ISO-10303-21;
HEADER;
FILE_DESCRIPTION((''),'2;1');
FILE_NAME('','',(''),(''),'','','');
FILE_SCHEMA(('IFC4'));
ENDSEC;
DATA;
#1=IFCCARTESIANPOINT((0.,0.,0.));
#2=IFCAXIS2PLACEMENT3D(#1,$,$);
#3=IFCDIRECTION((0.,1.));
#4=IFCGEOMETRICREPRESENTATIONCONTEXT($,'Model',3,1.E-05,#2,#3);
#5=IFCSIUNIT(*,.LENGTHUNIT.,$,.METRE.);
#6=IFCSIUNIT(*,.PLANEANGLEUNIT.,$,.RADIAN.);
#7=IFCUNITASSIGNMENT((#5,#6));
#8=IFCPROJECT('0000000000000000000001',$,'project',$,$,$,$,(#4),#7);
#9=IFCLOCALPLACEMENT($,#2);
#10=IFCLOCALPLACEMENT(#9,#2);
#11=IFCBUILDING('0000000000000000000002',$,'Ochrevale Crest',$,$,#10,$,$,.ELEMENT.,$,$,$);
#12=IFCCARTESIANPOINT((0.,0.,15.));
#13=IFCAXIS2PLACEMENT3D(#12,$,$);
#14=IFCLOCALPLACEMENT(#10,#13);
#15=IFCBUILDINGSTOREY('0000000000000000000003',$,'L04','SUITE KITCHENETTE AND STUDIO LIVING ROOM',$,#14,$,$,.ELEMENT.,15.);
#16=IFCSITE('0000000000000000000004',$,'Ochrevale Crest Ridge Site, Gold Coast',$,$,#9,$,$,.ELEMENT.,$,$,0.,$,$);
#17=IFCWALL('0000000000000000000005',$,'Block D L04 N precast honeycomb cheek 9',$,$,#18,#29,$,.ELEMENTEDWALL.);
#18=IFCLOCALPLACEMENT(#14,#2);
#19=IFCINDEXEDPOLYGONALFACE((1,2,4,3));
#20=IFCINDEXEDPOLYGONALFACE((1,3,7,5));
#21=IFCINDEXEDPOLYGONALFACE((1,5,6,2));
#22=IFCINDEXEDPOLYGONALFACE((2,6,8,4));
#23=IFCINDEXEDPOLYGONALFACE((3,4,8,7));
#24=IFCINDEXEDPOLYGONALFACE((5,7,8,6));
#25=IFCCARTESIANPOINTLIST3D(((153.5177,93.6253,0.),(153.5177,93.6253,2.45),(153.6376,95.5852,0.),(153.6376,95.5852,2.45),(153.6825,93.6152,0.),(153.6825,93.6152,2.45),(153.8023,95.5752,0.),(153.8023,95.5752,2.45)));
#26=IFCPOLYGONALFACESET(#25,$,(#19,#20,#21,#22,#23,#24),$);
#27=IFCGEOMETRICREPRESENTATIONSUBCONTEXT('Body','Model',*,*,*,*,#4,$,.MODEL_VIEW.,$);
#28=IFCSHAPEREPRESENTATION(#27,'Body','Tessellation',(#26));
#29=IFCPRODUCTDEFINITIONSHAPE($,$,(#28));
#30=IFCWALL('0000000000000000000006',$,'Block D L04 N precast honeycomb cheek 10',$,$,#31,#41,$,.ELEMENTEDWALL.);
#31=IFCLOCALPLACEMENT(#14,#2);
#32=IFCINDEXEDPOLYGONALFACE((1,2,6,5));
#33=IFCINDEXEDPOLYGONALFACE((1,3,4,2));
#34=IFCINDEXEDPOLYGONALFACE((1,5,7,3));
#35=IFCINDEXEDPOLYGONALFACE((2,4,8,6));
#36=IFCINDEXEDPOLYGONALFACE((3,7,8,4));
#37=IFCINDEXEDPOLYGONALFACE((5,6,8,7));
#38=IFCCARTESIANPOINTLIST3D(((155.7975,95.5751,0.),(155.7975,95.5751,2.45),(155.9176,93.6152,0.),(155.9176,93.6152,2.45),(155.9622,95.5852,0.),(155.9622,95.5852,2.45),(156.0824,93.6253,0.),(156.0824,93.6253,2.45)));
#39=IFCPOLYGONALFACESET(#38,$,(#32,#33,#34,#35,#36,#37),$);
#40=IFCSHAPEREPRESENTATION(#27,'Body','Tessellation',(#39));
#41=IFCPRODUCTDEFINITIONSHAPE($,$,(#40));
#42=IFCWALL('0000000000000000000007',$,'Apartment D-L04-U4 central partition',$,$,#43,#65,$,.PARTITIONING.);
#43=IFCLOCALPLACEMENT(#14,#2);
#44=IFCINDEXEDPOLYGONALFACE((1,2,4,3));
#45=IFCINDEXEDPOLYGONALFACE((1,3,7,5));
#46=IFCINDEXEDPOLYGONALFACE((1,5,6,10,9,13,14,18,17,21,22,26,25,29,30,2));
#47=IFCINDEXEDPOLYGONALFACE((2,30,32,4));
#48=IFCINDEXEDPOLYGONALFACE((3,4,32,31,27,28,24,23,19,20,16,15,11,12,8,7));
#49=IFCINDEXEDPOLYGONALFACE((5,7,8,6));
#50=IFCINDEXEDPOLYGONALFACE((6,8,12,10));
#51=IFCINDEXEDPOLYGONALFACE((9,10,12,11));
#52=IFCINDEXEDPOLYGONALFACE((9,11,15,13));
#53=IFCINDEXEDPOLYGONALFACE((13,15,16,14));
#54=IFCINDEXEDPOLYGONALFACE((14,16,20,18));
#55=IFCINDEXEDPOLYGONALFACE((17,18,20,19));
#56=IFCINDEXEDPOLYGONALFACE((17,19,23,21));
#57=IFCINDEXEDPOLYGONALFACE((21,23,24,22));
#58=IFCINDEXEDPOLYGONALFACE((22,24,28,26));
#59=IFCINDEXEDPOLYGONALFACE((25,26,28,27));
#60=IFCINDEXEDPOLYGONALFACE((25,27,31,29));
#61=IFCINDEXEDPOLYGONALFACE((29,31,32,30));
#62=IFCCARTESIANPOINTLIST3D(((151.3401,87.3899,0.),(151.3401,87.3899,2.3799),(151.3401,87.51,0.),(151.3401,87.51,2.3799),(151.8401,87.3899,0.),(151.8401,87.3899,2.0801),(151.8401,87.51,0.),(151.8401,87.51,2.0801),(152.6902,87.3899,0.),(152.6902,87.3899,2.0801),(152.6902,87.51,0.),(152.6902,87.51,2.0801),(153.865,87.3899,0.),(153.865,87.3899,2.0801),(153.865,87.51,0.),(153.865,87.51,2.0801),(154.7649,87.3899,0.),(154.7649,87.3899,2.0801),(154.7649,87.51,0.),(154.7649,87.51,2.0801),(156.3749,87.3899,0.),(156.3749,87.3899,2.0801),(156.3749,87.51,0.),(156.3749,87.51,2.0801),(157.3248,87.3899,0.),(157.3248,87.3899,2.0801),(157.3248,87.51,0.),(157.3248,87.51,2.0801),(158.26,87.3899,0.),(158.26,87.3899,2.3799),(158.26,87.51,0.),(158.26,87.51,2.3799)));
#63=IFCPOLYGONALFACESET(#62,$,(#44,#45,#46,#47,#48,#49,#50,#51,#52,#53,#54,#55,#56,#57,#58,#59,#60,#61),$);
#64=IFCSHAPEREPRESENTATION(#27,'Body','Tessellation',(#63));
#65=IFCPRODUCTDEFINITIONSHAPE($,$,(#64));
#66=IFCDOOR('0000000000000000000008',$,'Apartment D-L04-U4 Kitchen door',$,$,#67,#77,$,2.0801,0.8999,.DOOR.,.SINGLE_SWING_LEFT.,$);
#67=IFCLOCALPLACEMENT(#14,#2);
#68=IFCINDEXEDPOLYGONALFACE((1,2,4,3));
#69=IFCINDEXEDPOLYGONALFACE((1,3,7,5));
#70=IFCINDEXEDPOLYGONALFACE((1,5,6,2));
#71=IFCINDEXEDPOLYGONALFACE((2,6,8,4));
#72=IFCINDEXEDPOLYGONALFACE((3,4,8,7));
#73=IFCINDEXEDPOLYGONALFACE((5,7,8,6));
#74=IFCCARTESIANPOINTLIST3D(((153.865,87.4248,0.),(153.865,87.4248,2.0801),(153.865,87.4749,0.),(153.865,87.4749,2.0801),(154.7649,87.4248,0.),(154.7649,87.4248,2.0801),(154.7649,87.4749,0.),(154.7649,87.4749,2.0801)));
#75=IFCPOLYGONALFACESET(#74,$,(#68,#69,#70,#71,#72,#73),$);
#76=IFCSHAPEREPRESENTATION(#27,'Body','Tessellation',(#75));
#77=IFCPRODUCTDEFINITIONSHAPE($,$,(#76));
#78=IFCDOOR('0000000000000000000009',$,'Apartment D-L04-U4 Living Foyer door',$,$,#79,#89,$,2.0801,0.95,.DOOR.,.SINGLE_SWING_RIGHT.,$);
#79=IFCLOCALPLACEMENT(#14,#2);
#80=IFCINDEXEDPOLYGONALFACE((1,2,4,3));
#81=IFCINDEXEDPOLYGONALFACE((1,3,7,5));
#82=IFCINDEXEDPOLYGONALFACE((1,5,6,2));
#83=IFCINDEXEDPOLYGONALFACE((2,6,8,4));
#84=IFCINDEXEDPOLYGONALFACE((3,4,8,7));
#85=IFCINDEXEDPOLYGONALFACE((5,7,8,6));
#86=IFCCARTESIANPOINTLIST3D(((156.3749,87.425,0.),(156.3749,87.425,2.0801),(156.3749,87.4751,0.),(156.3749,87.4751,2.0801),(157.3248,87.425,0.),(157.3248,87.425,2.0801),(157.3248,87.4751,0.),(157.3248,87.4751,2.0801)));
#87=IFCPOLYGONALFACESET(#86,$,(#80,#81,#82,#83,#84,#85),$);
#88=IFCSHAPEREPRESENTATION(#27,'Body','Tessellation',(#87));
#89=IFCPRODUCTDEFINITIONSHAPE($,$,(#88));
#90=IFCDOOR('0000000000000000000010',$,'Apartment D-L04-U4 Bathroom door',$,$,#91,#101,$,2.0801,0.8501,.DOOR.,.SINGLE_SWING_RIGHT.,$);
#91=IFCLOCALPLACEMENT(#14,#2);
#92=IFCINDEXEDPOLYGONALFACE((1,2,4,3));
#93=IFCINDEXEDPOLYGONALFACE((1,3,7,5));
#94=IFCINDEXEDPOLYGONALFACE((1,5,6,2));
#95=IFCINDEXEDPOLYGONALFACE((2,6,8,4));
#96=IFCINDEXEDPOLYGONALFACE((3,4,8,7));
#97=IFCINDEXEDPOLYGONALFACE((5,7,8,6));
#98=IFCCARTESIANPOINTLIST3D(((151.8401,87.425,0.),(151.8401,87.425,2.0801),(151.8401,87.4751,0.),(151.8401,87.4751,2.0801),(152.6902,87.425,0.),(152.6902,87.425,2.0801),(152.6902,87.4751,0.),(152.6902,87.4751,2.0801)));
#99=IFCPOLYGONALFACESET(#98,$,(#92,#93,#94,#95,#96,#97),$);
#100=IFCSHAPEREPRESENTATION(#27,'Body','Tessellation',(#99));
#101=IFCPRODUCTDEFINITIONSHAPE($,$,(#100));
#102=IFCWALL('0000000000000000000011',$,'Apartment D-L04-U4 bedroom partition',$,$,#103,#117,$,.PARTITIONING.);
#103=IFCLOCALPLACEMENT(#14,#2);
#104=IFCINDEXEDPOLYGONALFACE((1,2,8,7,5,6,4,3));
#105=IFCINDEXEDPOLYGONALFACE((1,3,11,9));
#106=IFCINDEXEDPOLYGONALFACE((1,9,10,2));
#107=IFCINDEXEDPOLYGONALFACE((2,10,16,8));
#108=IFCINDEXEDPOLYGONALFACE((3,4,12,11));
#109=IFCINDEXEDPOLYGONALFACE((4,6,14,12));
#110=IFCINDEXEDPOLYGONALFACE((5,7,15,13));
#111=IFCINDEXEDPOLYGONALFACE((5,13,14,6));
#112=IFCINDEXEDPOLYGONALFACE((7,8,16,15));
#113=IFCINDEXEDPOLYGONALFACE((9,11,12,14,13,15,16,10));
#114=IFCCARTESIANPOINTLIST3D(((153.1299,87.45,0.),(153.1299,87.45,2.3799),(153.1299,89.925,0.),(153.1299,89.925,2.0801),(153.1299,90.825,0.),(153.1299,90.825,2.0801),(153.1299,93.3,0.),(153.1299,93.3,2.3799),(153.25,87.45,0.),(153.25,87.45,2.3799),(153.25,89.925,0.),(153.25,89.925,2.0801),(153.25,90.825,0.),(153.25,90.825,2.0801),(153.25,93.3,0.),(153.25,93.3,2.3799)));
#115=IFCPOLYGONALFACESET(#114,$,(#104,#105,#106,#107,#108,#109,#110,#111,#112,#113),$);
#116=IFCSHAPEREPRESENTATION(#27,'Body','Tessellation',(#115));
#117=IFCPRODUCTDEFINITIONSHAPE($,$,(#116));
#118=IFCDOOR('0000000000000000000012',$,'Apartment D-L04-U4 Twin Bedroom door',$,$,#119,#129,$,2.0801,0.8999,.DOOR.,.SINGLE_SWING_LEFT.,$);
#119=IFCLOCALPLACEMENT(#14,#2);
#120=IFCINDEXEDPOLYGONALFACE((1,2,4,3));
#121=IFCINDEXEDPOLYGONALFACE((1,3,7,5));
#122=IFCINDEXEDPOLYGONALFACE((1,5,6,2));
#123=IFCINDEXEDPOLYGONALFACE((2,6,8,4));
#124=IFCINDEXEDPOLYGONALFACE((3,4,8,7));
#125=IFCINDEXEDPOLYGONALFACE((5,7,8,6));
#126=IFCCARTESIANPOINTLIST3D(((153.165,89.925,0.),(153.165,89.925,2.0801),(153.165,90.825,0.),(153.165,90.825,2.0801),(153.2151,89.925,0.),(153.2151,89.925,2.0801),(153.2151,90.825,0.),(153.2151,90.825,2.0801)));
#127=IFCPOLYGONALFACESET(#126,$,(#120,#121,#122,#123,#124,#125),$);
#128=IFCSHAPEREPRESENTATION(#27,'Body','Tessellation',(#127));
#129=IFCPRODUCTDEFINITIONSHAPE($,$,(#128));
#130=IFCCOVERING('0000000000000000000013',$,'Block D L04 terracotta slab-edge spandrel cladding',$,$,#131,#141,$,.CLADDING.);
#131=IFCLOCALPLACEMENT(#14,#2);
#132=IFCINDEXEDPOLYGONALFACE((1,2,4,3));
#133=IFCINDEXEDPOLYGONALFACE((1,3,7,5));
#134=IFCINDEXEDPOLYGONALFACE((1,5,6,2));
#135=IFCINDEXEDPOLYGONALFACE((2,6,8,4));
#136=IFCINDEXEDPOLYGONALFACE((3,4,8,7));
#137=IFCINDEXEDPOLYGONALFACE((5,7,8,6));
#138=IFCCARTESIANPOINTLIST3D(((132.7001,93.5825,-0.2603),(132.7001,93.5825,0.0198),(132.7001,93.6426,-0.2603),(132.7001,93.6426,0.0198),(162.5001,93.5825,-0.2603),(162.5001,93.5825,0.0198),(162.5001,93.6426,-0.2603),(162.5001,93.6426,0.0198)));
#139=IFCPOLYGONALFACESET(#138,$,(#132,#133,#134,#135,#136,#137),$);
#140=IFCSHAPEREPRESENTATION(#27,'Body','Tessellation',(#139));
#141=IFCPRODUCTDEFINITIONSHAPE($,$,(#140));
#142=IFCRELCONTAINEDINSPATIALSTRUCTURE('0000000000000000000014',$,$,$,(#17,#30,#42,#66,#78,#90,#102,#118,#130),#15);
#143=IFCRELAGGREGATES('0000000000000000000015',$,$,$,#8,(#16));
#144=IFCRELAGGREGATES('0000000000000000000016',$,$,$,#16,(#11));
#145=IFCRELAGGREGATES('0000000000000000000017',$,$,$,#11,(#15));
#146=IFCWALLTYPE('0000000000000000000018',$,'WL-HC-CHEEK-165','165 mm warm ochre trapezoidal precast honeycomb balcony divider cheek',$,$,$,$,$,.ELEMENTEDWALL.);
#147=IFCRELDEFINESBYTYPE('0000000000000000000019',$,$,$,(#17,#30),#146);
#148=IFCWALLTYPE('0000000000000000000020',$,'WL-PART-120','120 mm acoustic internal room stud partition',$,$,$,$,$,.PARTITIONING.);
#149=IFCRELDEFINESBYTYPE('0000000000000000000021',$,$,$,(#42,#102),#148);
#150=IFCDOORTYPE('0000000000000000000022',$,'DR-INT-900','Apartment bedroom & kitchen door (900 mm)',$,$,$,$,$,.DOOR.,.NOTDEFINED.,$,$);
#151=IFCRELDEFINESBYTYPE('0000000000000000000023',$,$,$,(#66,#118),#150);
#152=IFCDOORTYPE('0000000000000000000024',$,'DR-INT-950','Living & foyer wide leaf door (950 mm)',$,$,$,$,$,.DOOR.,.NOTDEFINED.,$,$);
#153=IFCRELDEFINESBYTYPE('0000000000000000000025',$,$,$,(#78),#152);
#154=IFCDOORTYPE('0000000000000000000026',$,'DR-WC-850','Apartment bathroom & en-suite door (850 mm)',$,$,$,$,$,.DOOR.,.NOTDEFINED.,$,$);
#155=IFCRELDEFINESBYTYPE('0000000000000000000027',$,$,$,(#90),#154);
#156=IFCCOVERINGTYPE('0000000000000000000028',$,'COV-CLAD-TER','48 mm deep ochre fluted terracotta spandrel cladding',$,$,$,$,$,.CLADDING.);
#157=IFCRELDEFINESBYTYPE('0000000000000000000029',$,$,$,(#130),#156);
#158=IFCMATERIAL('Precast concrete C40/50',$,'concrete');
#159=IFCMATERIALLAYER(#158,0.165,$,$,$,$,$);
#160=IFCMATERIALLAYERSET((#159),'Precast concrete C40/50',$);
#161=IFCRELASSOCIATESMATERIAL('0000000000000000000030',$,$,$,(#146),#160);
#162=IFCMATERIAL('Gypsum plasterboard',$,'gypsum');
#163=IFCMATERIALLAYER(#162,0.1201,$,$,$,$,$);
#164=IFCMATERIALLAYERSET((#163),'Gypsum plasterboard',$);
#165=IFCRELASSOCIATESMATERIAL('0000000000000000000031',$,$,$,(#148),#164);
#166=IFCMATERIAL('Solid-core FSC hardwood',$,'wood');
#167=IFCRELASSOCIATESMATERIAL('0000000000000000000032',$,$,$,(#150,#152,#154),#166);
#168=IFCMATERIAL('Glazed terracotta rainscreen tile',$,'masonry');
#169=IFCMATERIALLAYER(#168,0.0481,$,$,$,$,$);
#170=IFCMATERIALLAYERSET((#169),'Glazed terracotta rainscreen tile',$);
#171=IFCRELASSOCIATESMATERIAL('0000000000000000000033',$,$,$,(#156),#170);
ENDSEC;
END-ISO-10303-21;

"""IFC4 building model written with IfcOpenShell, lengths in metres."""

from ifc_helpers import new_model, si_unit, direction, frame, frame_2d, origin, origin_2d, place, context, subcontext, project, spatial, rectangle, extrude, material, layer, layer_set, type_object, element, fill, save


model = new_model("IFC4")

# Units and contexts
model_context = context("Model", 3, precision=1e-05, world=origin(), true_north=direction((0.0, 1.0)))
body_context = subcontext(model_context, "Body", "Model", "MODEL_VIEW")
ifc_project = project(units=[si_unit("LENGTHUNIT", "METRE"), si_unit("PLANEANGLEUNIT", "RADIAN")], contexts=[model_context])

# Site, building, storey
site_placement = place(None, origin())
site = spatial("IfcSite", under=ifc_project, at=site_placement, Name="Ochrevale Crest Ridge Site, Gold Coast", CompositionType="ELEMENT", RefElevation=0.0)
building_placement = place(site_placement, origin())
building = spatial("IfcBuilding", under=site, at=building_placement, Name="Ochrevale Crest", CompositionType="ELEMENT")
storey_placement = place(building_placement, frame((0.0, 0.0, 15.0)))
storey = spatial("IfcBuildingStorey", under=building, at=storey_placement, Name="L04", Description="SUITE KITCHENETTE AND STUDIO LIVING ROOM", CompositionType="ELEMENT", Elevation=15.0)

# Shared definitions
ifc_material_1 = material(Name="Precast concrete C40/50", Category="concrete")

# Walls
ifc_layer_1 = layer(ifc_material_1, 0.165)
ifc_layer_set_1 = layer_set([ifc_layer_1], Name="Precast concrete C40/50")
wall_type_1 = type_object("IfcWallType", Name="WL-HC-CHEEK-165", Description="165 mm warm ochre trapezoidal precast honeycomb balcony divider cheek", PredefinedType="ELEMENTEDWALL", material=ifc_layer_set_1)
for number, where, z_axis, x_axis, name in (
    (1, (153.6001, 93.6201, 0.0), (0.0, 0.0, 1.0), (0.061047, 0.998135, 0.0), "Block D L04 N precast honeycomb cheek 9"),
    (2, (156.0, 93.6201, 0.0), (0.0, 0.0, 1.0), (-0.061171, 0.998127, 0.0), "Block D L04 N precast honeycomb cheek 10"),
):
    element("IfcWall", number, at=place(storey_placement, frame(where, z_axis=z_axis, x_axis=x_axis)), inside=storey, type_object=wall_type_1, Name=name, PredefinedType="ELEMENTEDWALL", context=body_context, shape_type="SweptSolid", body=[
        extrude(rectangle(XDim=1.9636, YDim=0.165, at=frame_2d((0.9819, 0.0))), origin(), (0.0, 0.0, 1.0), 2.45),
    ])

# Wall, openings, doors
ifc_material_2 = material(Name="Gypsum plasterboard", Category="gypsum")
ifc_layer_2 = layer(ifc_material_2, 0.1201)
ifc_layer_set_2 = layer_set([ifc_layer_2], Name="Gypsum plasterboard")
wall_type_2 = type_object("IfcWallType", Name="WL-PART-120", Description="120 mm acoustic internal room stud partition", PredefinedType="PARTITIONING", material=ifc_layer_set_2)
wall_1_placement = place(storey_placement, frame((151.3401, 87.45, 0.0), z_axis=(0.0, 0.0, 1.0), x_axis=(1.0, 0.0, 0.0)))
wall_1 = element("IfcWall", 3, at=wall_1_placement, inside=storey, type_object=wall_type_2, Name="Apartment D-L04-U4 central partition", PredefinedType="PARTITIONING", context=body_context, shape_type="SweptSolid", body=[
    extrude(rectangle(XDim=6.9199, YDim=0.1201, at=frame_2d((3.46, 0.0))), origin(), (0.0, 0.0, 1.0), 2.3799),
])
opening_1_placement = place(wall_1_placement, frame((1.3501, 0.0, 0.0), z_axis=(0.0, 0.0, 1.0), x_axis=(-1.0, 0.0, 0.0)))
opening_1 = element("IfcOpeningElement", 4, at=opening_1_placement, cuts=wall_1, PredefinedType="OPENING", context=body_context, shape_type="SweptSolid", body=[
    extrude(rectangle(XDim=0.8501, YDim=2.0801, at=frame_2d((0.425, 1.04))), frame((0.0, 0.0701, 0.0), z_axis=(0.0, -1.0, 0.0), x_axis=(1.0, 0.0, 0.0)), (0.0, 0.0, 1.0), 0.1401),
])
opening_2_placement = place(wall_1_placement, frame((2.5249, 0.0, 0.0)))
opening_2 = element("IfcOpeningElement", 5, at=opening_2_placement, cuts=wall_1, PredefinedType="OPENING", context=body_context, shape_type="SweptSolid", body=[
    extrude(rectangle(XDim=0.8999, YDim=2.0801, at=frame_2d((0.45, 1.04))), frame((0.0, 0.0701, 0.0), z_axis=(0.0, -1.0, 0.0), x_axis=(1.0, 0.0, 0.0)), (0.0, 0.0, 1.0), 0.1401),
])
opening_3_placement = place(wall_1_placement, frame((5.9849, 0.0, 0.0), z_axis=(0.0, 0.0, 1.0), x_axis=(-1.0, 0.0, 0.0)))
opening_3 = element("IfcOpeningElement", 6, at=opening_3_placement, cuts=wall_1, PredefinedType="OPENING", context=body_context, shape_type="SweptSolid", body=[
    extrude(rectangle(XDim=0.95, YDim=2.0801, at=frame_2d((0.4751, 1.04))), frame((0.0, 0.0701, 0.0), z_axis=(0.0, -1.0, 0.0), x_axis=(1.0, 0.0, 0.0)), (0.0, 0.0, 1.0), 0.1401),
])
ifc_material_3 = material(Name="Solid-core FSC hardwood", Category="wood")
door_type_1 = type_object("IfcDoorType", Name="DR-INT-900", Description="Apartment bedroom & kitchen door (900 mm)", OperationType="NOTDEFINED", PredefinedType="DOOR", material=ifc_material_3)
door_1_placement = place(opening_2_placement, origin())
door_1 = element("IfcDoor", 7, at=door_1_placement, inside=storey, type_object=door_type_1, Name="Apartment D-L04-U4 Kitchen door", OperationType="SINGLE_SWING_LEFT", OverallHeight=2.0801, OverallWidth=0.8999, PredefinedType="DOOR", context=body_context, shape_type="SweptSolid", body=[
    extrude(rectangle(XDim=0.8999, YDim=2.0801, at=frame_2d((0.45, 1.04))), frame((0.0, 0.0249, 0.0), z_axis=(0.0, -1.0, 0.0), x_axis=(1.0, 0.0, 0.0)), (0.0, 0.0, 1.0), 0.05),
])
fill(opening_2, door_1)
door_type_2 = type_object("IfcDoorType", Name="DR-INT-950", Description="Living & foyer wide leaf door (950 mm)", OperationType="NOTDEFINED", PredefinedType="DOOR", material=ifc_material_3)
door_2_placement = place(opening_3_placement, origin())
door_2 = element("IfcDoor", 8, at=door_2_placement, inside=storey, type_object=door_type_2, Name="Apartment D-L04-U4 Living Foyer door", OperationType="SINGLE_SWING_RIGHT", OverallHeight=2.0801, OverallWidth=0.95, PredefinedType="DOOR", context=body_context, shape_type="SweptSolid", body=[
    extrude(rectangle(XDim=0.95, YDim=2.0801, at=frame_2d((0.4751, 1.04))), frame((0.0, 0.0249, 0.0), z_axis=(0.0, -1.0, 0.0), x_axis=(1.0, 0.0, 0.0)), (0.0, 0.0, 1.0), 0.05),
])
fill(opening_3, door_2)
door_type_3 = type_object("IfcDoorType", Name="DR-WC-850", Description="Apartment bathroom & en-suite door (850 mm)", OperationType="NOTDEFINED", PredefinedType="DOOR", material=ifc_material_3)
door_3_placement = place(opening_1_placement, origin())
door_3 = element("IfcDoor", 9, at=door_3_placement, inside=storey, type_object=door_type_3, Name="Apartment D-L04-U4 Bathroom door", OperationType="SINGLE_SWING_RIGHT", OverallHeight=2.0801, OverallWidth=0.8501, PredefinedType="DOOR", context=body_context, shape_type="SweptSolid", body=[
    extrude(rectangle(XDim=0.8501, YDim=2.0801, at=frame_2d((0.425, 1.04))), frame((0.0, 0.0249, 0.0), z_axis=(0.0, -1.0, 0.0), x_axis=(1.0, 0.0, 0.0)), (0.0, 0.0, 1.0), 0.05),
])
fill(opening_1, door_3)

# Wall, opening, door
wall_2_placement = place(storey_placement, frame((153.1899, 87.45, 0.0), z_axis=(0.0, 0.0, 1.0), x_axis=(0.0, 1.0, 0.0)))
wall_2 = element("IfcWall", 10, at=wall_2_placement, inside=storey, type_object=wall_type_2, Name="Apartment D-L04-U4 bedroom partition", PredefinedType="PARTITIONING", context=body_context, shape_type="SweptSolid", body=[
    extrude(rectangle(XDim=5.8501, YDim=0.1201, at=frame_2d((2.925, 0.0))), origin(), (0.0, 0.0, 1.0), 2.3799),
])
opening_4_placement = place(wall_2_placement, frame((2.4751, 0.0, 0.0)))
opening_4 = element("IfcOpeningElement", 11, at=opening_4_placement, cuts=wall_2, PredefinedType="OPENING", context=body_context, shape_type="SweptSolid", body=[
    extrude(rectangle(XDim=0.8999, YDim=2.0801, at=frame_2d((0.45, 1.04))), frame((0.0, 0.0701, 0.0), z_axis=(0.0, -1.0, 0.0), x_axis=(1.0, 0.0, 0.0)), (0.0, 0.0, 1.0), 0.1401),
])
door_4_placement = place(opening_4_placement, origin())
door_4 = element("IfcDoor", 12, at=door_4_placement, inside=storey, type_object=door_type_1, Name="Apartment D-L04-U4 Twin Bedroom door", OperationType="SINGLE_SWING_LEFT", OverallHeight=2.0801, OverallWidth=0.8999, PredefinedType="DOOR", context=body_context, shape_type="SweptSolid", body=[
    extrude(rectangle(XDim=0.8999, YDim=2.0801, at=frame_2d((0.45, 1.04))), frame((0.0, 0.0249, 0.0), z_axis=(0.0, -1.0, 0.0), x_axis=(1.0, 0.0, 0.0)), (0.0, 0.0, 1.0), 0.05),
])
fill(opening_4, door_4)

# Covering
ifc_material_4 = material(Name="Glazed terracotta rainscreen tile", Category="masonry")
ifc_layer_3 = layer(ifc_material_4, 0.0481)
ifc_layer_set_3 = layer_set([ifc_layer_3], Name="Glazed terracotta rainscreen tile")
covering_type = type_object("IfcCoveringType", Name="COV-CLAD-TER", Description="48 mm deep ochre fluted terracotta spandrel cladding", PredefinedType="CLADDING", material=ifc_layer_set_3)
covering_placement = place(storey_placement, frame((147.6001, 93.6125, -0.2603), z_axis=(0.0, 0.0, 1.0), x_axis=(-1.0, 0.0, 0.0)))
element("IfcCovering", 13, at=covering_placement, inside=storey, type_object=covering_type, Name="Block D L04 terracotta slab-edge spandrel cladding", PredefinedType="CLADDING", context=body_context, shape_type="SweptSolid", body=[
    extrude(rectangle(XDim=29.8, YDim=0.0601, at=origin_2d()), origin(), (0.0, 0.0, 1.0), 0.28),
])

save(model, "model.ifc")
